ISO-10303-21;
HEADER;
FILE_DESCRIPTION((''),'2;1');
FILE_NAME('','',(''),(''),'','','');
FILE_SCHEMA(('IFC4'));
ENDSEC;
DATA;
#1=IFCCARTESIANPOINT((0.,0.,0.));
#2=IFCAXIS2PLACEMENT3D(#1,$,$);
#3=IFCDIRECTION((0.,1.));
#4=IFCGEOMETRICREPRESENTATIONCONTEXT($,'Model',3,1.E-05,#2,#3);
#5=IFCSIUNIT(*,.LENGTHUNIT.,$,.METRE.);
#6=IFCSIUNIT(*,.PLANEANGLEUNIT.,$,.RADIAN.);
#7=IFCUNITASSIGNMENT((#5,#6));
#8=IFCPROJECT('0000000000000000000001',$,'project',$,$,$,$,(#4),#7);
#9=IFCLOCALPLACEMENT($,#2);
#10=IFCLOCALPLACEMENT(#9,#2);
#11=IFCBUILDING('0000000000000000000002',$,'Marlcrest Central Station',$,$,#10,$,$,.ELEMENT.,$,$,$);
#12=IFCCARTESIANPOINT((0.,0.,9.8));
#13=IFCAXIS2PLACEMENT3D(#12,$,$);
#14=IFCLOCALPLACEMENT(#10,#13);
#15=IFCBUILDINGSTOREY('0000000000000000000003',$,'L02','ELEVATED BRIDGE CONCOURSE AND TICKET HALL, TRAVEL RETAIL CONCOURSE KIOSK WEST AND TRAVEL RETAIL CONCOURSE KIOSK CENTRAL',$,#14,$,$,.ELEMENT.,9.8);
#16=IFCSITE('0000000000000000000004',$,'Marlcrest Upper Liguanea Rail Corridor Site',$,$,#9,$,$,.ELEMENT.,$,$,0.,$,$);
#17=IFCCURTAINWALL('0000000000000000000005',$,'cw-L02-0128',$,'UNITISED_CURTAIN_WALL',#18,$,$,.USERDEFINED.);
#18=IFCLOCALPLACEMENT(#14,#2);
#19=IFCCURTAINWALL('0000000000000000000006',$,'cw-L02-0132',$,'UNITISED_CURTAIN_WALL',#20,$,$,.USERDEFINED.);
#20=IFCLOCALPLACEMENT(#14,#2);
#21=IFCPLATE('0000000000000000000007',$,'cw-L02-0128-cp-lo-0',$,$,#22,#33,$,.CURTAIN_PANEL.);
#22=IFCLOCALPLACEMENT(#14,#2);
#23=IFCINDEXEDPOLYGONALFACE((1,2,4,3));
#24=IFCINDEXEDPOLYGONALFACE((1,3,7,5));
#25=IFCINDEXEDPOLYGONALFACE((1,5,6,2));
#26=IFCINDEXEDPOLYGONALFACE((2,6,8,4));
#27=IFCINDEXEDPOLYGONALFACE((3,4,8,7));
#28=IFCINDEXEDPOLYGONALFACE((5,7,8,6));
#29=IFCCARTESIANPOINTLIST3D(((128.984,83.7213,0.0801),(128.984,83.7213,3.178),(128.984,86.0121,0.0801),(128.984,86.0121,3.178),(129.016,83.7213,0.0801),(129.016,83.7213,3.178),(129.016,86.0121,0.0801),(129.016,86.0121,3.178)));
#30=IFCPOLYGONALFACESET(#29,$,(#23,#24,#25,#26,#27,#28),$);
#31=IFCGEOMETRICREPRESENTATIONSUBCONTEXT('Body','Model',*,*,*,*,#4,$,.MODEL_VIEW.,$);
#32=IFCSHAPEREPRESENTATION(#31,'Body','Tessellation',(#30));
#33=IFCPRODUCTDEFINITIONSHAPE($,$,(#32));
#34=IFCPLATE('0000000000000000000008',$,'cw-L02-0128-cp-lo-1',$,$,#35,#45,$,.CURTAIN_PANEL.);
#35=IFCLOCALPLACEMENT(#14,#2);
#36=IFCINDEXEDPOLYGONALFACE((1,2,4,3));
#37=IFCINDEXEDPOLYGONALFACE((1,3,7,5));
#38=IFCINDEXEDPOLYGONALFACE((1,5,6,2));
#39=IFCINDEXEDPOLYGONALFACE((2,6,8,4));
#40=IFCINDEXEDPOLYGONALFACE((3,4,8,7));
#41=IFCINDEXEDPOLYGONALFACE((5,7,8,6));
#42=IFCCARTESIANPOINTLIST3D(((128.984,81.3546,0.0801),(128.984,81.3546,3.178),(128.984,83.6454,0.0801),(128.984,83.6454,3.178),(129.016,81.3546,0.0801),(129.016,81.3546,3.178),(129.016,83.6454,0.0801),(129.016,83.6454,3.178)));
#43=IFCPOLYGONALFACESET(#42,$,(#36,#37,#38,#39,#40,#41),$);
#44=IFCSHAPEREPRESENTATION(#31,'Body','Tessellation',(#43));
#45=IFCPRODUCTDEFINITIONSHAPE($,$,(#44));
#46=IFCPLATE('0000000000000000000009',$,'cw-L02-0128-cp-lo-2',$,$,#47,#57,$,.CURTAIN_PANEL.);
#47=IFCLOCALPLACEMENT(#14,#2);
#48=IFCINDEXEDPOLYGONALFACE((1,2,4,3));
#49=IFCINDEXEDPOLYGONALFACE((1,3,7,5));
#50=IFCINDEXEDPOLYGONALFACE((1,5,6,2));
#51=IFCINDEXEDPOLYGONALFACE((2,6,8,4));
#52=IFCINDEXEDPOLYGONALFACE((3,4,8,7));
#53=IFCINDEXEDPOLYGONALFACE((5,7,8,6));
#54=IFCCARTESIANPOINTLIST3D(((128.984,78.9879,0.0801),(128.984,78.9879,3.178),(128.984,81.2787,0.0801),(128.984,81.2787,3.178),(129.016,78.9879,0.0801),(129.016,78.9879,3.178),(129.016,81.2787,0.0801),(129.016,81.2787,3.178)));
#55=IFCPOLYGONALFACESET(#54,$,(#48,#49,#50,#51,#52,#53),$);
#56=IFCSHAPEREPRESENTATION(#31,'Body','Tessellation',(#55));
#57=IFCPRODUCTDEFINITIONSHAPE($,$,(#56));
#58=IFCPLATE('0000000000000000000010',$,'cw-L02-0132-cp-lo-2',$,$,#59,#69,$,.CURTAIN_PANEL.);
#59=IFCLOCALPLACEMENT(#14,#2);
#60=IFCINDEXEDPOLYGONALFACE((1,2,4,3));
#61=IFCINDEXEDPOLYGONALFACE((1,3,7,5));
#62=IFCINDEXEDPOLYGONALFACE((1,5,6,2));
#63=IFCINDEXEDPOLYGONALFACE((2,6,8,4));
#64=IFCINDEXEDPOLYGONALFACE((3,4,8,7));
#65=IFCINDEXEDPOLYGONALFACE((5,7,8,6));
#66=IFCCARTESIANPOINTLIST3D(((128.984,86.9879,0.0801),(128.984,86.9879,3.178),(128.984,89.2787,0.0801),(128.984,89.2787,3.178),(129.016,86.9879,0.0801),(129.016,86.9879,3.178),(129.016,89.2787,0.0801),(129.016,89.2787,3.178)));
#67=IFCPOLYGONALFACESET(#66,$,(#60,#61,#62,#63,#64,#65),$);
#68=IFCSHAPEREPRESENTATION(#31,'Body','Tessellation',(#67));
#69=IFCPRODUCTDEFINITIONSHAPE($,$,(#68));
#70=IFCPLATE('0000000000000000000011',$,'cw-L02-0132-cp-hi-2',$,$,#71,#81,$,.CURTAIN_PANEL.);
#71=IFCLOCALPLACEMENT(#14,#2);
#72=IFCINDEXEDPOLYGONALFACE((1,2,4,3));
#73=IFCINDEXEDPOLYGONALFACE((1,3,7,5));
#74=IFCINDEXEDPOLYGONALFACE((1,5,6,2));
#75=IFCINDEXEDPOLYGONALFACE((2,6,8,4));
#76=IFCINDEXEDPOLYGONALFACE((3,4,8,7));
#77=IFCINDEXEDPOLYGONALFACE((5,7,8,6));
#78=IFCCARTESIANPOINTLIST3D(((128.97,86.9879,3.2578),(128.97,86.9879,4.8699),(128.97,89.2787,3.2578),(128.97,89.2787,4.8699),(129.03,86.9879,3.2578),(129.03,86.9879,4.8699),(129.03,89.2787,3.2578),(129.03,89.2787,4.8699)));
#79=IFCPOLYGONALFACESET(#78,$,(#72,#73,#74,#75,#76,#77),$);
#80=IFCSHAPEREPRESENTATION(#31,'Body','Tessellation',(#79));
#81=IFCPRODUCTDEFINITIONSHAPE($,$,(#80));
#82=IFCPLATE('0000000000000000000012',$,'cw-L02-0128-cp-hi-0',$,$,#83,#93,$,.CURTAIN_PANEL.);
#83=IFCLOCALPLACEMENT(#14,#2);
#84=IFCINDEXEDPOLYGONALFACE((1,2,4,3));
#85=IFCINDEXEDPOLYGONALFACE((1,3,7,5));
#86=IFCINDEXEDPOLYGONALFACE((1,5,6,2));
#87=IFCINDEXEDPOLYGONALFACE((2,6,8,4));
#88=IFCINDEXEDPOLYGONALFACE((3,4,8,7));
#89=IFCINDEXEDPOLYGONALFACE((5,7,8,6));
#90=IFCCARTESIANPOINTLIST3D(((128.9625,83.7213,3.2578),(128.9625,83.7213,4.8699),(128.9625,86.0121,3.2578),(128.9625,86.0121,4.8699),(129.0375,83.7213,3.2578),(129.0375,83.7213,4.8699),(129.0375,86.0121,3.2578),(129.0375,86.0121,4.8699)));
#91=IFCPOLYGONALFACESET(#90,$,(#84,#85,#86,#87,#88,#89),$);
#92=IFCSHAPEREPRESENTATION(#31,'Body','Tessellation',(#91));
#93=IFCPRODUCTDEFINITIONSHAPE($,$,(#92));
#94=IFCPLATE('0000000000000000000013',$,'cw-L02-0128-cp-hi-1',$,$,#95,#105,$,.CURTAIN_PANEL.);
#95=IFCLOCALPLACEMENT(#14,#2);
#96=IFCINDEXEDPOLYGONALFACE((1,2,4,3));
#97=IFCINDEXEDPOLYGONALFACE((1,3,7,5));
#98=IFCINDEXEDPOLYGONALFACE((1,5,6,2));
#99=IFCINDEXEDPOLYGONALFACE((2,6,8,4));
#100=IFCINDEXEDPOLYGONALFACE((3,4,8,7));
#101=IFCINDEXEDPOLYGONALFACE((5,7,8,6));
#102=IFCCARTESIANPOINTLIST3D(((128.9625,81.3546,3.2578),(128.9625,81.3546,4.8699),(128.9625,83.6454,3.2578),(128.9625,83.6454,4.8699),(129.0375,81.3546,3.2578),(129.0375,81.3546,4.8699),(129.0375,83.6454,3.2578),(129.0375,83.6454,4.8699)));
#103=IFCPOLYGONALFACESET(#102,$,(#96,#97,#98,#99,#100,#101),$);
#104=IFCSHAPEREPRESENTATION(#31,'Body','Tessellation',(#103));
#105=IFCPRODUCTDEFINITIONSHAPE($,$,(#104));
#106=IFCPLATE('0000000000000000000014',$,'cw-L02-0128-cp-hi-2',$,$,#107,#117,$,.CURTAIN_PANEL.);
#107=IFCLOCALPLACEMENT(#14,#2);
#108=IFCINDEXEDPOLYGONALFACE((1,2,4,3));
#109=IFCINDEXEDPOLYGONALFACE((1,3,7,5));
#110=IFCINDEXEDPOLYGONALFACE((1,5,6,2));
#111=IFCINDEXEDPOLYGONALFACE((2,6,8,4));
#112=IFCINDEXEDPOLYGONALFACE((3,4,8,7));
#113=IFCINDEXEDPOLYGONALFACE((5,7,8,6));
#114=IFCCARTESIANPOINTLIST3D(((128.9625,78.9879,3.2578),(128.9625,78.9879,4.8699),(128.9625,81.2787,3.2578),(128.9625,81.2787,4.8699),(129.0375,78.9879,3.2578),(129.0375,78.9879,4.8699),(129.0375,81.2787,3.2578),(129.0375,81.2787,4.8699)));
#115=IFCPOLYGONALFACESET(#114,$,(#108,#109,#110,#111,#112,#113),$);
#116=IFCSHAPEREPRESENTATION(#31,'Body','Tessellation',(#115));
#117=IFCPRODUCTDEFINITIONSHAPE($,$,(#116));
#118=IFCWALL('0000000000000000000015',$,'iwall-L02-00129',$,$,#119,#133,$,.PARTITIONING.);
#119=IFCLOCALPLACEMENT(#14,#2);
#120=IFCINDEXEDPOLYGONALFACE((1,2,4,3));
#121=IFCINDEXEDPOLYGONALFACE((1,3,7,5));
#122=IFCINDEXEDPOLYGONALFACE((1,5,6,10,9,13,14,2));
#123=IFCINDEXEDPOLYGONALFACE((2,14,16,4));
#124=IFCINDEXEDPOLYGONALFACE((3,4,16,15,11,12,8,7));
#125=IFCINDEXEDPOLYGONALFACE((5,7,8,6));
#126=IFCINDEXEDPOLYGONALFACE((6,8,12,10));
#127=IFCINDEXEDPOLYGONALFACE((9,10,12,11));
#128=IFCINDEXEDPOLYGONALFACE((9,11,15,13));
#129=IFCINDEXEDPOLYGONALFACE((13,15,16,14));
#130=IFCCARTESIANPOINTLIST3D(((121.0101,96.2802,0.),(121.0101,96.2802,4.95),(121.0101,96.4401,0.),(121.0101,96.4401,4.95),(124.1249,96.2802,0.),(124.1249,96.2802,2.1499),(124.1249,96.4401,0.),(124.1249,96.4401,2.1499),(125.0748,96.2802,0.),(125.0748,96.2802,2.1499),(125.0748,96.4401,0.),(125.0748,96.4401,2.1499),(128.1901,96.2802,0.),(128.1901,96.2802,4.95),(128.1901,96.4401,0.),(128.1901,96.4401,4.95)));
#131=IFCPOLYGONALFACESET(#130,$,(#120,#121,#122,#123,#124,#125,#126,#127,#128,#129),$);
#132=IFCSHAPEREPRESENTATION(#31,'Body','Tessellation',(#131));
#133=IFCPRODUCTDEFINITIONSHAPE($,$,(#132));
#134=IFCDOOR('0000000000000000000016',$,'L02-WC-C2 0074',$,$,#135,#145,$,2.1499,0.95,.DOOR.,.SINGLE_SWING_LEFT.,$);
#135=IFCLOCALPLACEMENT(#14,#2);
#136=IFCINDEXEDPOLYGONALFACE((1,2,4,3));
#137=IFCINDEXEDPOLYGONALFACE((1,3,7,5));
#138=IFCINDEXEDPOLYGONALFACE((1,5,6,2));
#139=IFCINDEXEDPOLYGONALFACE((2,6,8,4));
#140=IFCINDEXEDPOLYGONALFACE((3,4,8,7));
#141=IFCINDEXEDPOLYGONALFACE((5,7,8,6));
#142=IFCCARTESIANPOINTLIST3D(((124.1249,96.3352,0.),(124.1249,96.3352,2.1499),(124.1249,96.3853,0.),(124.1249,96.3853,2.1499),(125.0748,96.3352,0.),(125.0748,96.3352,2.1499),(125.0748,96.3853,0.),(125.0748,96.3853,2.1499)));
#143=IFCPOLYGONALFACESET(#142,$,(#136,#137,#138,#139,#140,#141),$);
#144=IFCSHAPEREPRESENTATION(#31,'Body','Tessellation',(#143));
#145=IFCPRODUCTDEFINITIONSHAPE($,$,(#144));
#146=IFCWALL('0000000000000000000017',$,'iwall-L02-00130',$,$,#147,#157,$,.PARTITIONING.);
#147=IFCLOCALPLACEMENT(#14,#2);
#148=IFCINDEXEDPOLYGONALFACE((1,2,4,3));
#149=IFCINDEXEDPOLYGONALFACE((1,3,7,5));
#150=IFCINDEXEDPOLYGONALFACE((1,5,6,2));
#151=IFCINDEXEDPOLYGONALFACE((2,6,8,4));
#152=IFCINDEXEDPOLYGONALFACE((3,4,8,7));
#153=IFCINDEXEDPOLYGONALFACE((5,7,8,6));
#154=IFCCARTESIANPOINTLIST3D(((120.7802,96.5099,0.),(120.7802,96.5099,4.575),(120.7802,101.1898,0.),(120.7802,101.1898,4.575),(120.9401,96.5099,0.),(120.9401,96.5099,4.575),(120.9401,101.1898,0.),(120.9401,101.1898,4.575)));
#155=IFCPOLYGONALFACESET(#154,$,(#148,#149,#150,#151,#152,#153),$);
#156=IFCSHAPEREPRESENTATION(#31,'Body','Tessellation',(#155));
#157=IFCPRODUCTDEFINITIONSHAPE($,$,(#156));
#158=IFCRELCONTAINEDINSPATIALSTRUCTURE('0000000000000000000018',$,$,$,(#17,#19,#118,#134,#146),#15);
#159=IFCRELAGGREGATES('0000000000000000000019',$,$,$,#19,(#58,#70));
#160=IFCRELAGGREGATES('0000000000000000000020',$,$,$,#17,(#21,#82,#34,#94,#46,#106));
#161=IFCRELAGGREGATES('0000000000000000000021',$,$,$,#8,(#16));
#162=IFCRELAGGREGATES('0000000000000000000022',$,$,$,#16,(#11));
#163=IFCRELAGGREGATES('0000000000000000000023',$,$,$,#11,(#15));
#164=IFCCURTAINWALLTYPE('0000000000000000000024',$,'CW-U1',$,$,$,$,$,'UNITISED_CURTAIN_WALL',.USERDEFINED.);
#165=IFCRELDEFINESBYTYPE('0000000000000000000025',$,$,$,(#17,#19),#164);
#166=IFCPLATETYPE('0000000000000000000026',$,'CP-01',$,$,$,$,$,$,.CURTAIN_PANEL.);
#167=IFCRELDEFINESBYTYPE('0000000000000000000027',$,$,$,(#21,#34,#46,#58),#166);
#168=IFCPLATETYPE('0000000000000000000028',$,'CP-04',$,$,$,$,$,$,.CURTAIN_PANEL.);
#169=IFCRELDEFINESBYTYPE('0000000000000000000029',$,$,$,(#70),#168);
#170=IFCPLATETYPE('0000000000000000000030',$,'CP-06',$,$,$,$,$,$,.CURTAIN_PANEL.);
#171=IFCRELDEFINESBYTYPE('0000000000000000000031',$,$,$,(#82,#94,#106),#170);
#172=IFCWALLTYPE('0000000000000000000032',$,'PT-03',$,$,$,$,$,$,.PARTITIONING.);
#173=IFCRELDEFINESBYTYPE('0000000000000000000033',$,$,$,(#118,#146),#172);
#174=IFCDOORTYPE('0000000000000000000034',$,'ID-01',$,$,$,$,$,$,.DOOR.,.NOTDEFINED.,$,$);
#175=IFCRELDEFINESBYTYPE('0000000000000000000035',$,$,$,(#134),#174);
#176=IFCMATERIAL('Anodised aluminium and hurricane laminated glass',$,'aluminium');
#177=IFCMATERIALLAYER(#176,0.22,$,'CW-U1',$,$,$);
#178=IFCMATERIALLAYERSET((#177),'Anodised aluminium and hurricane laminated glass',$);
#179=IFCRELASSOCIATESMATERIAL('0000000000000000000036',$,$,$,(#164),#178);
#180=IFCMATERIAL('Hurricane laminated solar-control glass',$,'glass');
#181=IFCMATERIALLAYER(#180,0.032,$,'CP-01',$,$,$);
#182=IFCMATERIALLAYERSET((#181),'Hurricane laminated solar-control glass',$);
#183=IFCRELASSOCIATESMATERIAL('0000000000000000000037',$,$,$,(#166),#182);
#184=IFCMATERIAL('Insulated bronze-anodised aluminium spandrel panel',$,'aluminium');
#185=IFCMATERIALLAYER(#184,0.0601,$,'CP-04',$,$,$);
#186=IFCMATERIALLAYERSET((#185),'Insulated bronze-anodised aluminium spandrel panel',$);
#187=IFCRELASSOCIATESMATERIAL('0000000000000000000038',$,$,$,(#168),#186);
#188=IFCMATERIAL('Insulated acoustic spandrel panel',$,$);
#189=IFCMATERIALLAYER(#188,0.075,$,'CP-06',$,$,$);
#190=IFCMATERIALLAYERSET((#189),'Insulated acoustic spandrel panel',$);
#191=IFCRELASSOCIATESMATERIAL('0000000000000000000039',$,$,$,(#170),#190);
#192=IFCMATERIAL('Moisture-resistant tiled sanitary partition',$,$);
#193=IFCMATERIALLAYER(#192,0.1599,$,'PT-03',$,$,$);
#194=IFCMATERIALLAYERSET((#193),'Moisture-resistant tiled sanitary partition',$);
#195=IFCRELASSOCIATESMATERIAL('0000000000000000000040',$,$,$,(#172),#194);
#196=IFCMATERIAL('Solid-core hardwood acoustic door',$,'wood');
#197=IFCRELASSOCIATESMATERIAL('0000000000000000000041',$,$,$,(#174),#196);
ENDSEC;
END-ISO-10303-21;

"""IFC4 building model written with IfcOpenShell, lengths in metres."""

from ifc_helpers import new_model, si_unit, direction, frame, frame_2d, origin, origin_2d, place, context, subcontext, project, spatial, rectangle, extrude, material, layer, layer_set, type_object, element, fill, aggregate, save


model = new_model("IFC4")

# Units and contexts
model_context = context("Model", 3, precision=1e-05, world=origin(), true_north=direction((0.0, 1.0)))
body_context = subcontext(model_context, "Body", "Model", "MODEL_VIEW")
ifc_project = project(units=[si_unit("LENGTHUNIT", "METRE"), si_unit("PLANEANGLEUNIT", "RADIAN")], contexts=[model_context])

# Site, building, storey
site_placement = place(None, origin())
site = spatial("IfcSite", under=ifc_project, at=site_placement, Name="Marlcrest Upper Liguanea Rail Corridor Site", CompositionType="ELEMENT", RefElevation=0.0)
building_placement = place(site_placement, origin())
building = spatial("IfcBuilding", under=site, at=building_placement, Name="Marlcrest Central Station", CompositionType="ELEMENT")
storey_placement = place(building_placement, frame((0.0, 0.0, 9.8)))
storey = spatial("IfcBuildingStorey", under=building, at=storey_placement, Name="L02", Description="ELEVATED BRIDGE CONCOURSE AND TICKET HALL, TRAVEL RETAIL CONCOURSE KIOSK WEST AND TRAVEL RETAIL CONCOURSE KIOSK CENTRAL", CompositionType="ELEMENT", Elevation=9.8)

# Curtain wall
ifc_material_1 = material(Name="Anodised aluminium and hurricane laminated glass", Category="aluminium")
ifc_layer_1 = layer(ifc_material_1, 0.22, Name="CW-U1")
ifc_layer_set_1 = layer_set([ifc_layer_1], Name="Anodised aluminium and hurricane laminated glass")
curtain_wall_type = type_object("IfcCurtainWallType", Name="CW-U1", ElementType="UNITISED_CURTAIN_WALL", PredefinedType="USERDEFINED", material=ifc_layer_set_1)
curtain_wall_1_placement = place(storey_placement, origin())
curtain_wall_1 = element("IfcCurtainWall", 1, at=curtain_wall_1_placement, inside=storey, type_object=curtain_wall_type, Name="cw-L02-0128", ObjectType="UNITISED_CURTAIN_WALL", PredefinedType="USERDEFINED")

# Curtain wall
curtain_wall_2_placement = place(storey_placement, origin())
curtain_wall_2 = element("IfcCurtainWall", 2, at=curtain_wall_2_placement, inside=storey, type_object=curtain_wall_type, Name="cw-L02-0132", ObjectType="UNITISED_CURTAIN_WALL", PredefinedType="USERDEFINED")

# Plates
ifc_material_2 = material(Name="Hurricane laminated solar-control glass", Category="glass")
ifc_layer_2 = layer(ifc_material_2, 0.032, Name="CP-01")
ifc_layer_set_2 = layer_set([ifc_layer_2], Name="Hurricane laminated solar-control glass")
plate_type_1 = type_object("IfcPlateType", Name="CP-01", PredefinedType="CURTAIN_PANEL", material=ifc_layer_set_2)
plate_1_placement = place(storey_placement, frame((129.0, 84.8667, 0.0801), z_axis=(0.0, 0.0, 1.0), x_axis=(0.0, -1.0, 0.0)))
plate_1 = element("IfcPlate", 3, at=plate_1_placement, type_object=plate_type_1, Name="cw-L02-0128-cp-lo-0", PredefinedType="CURTAIN_PANEL", context=body_context, shape_type="SweptSolid", body=[
    extrude(rectangle(XDim=2.2908, YDim=0.032, at=origin_2d()), origin(), (0.0, 0.0, 1.0), 3.0979),
])
plate_2_placement = place(storey_placement, frame((129.0, 82.5, 0.0801), z_axis=(0.0, 0.0, 1.0), x_axis=(0.0, -1.0, 0.0)))
plate_2 = element("IfcPlate", 4, at=plate_2_placement, type_object=plate_type_1, Name="cw-L02-0128-cp-lo-1", PredefinedType="CURTAIN_PANEL", context=body_context, shape_type="SweptSolid", body=[
    extrude(rectangle(XDim=2.2908, YDim=0.032, at=origin_2d()), origin(), (0.0, 0.0, 1.0), 3.0979),
])
plate_3_placement = place(storey_placement, frame((129.0, 80.1333, 0.0801), z_axis=(0.0, 0.0, 1.0), x_axis=(0.0, -1.0, 0.0)))
plate_3 = element("IfcPlate", 5, at=plate_3_placement, type_object=plate_type_1, Name="cw-L02-0128-cp-lo-2", PredefinedType="CURTAIN_PANEL", context=body_context, shape_type="SweptSolid", body=[
    extrude(rectangle(XDim=2.2908, YDim=0.032, at=origin_2d()), origin(), (0.0, 0.0, 1.0), 3.0979),
])
plate_4_placement = place(storey_placement, frame((129.0, 88.1333, 0.0801), z_axis=(0.0, 0.0, 1.0), x_axis=(0.0, -1.0, 0.0)))
plate_4 = element("IfcPlate", 6, at=plate_4_placement, type_object=plate_type_1, Name="cw-L02-0132-cp-lo-2", PredefinedType="CURTAIN_PANEL", context=body_context, shape_type="SweptSolid", body=[
    extrude(rectangle(XDim=2.2908, YDim=0.032, at=origin_2d()), origin(), (0.0, 0.0, 1.0), 3.0979),
])
ifc_material_3 = material(Name="Insulated bronze-anodised aluminium spandrel panel", Category="aluminium")
ifc_layer_3 = layer(ifc_material_3, 0.0601, Name="CP-04")
ifc_layer_set_3 = layer_set([ifc_layer_3], Name="Insulated bronze-anodised aluminium spandrel panel")
plate_type_2 = type_object("IfcPlateType", Name="CP-04", PredefinedType="CURTAIN_PANEL", material=ifc_layer_set_3)
plate_5_placement = place(storey_placement, frame((129.0, 88.1333, 3.2578), z_axis=(0.0, 0.0, 1.0), x_axis=(0.0, -1.0, 0.0)))
plate_5 = element("IfcPlate", 7, at=plate_5_placement, type_object=plate_type_2, Name="cw-L02-0132-cp-hi-2", PredefinedType="CURTAIN_PANEL", context=body_context, shape_type="SweptSolid", body=[
    extrude(rectangle(XDim=2.2908, YDim=0.0601, at=origin_2d()), origin(), (0.0, 0.0, 1.0), 1.6121),
])
aggregate(curtain_wall_2, [plate_4, plate_5])
ifc_material_4 = material(Name="Insulated acoustic spandrel panel")
ifc_layer_4 = layer(ifc_material_4, 0.075, Name="CP-06")
ifc_layer_set_4 = layer_set([ifc_layer_4], Name="Insulated acoustic spandrel panel")
plate_type_3 = type_object("IfcPlateType", Name="CP-06", PredefinedType="CURTAIN_PANEL", material=ifc_layer_set_4)
plate_6_placement = place(storey_placement, frame((129.0, 84.8667, 3.2578), z_axis=(0.0, 0.0, 1.0), x_axis=(0.0, -1.0, 0.0)))
plate_6 = element("IfcPlate", 8, at=plate_6_placement, type_object=plate_type_3, Name="cw-L02-0128-cp-hi-0", PredefinedType="CURTAIN_PANEL", context=body_context, shape_type="SweptSolid", body=[
    extrude(rectangle(XDim=2.2908, YDim=0.075, at=origin_2d()), origin(), (0.0, 0.0, 1.0), 1.6121),
])
plate_7_placement = place(storey_placement, frame((129.0, 82.5, 3.2578), z_axis=(0.0, 0.0, 1.0), x_axis=(0.0, -1.0, 0.0)))
plate_7 = element("IfcPlate", 9, at=plate_7_placement, type_object=plate_type_3, Name="cw-L02-0128-cp-hi-1", PredefinedType="CURTAIN_PANEL", context=body_context, shape_type="SweptSolid", body=[
    extrude(rectangle(XDim=2.2908, YDim=0.075, at=origin_2d()), origin(), (0.0, 0.0, 1.0), 1.6121),
])
plate_8_placement = place(storey_placement, frame((129.0, 80.1333, 3.2578), z_axis=(0.0, 0.0, 1.0), x_axis=(0.0, -1.0, 0.0)))
plate_8 = element("IfcPlate", 10, at=plate_8_placement, type_object=plate_type_3, Name="cw-L02-0128-cp-hi-2", PredefinedType="CURTAIN_PANEL", context=body_context, shape_type="SweptSolid", body=[
    extrude(rectangle(XDim=2.2908, YDim=0.075, at=origin_2d()), origin(), (0.0, 0.0, 1.0), 1.6121),
])
aggregate(curtain_wall_1, [plate_1, plate_6, plate_2, plate_7, plate_3, plate_8])

# Wall, opening, door
ifc_material_5 = material(Name="Moisture-resistant tiled sanitary partition")
ifc_layer_5 = layer(ifc_material_5, 0.1599, Name="PT-03")
ifc_layer_set_5 = layer_set([ifc_layer_5], Name="Moisture-resistant tiled sanitary partition")
wall_type = type_object("IfcWallType", Name="PT-03", PredefinedType="PARTITIONING", material=ifc_layer_set_5)
wall_1_placement = place(storey_placement, frame((128.1899, 96.3601, 0.0), z_axis=(0.0, 0.0, 1.0), x_axis=(-1.0, 0.0, 0.0)))
wall_1 = element("IfcWall", 11, at=wall_1_placement, inside=storey, type_object=wall_type, Name="iwall-L02-00129", PredefinedType="PARTITIONING", context=body_context, shape_type="SweptSolid", body=[
    extrude(rectangle(XDim=7.1799, YDim=0.1599, at=frame_2d((3.5898, 0.0))), origin(), (0.0, 0.0, 1.0), 4.95),
])
opening_placement = place(wall_1_placement, frame((3.115, 0.0, 0.0)))
opening = element("IfcOpeningElement", 12, at=opening_placement, cuts=wall_1, PredefinedType="OPENING", context=body_context, shape_type="SweptSolid", body=[
    extrude(rectangle(XDim=0.95, YDim=2.1499, at=frame_2d((0.4751, 1.075))), frame((0.0, 0.0898, 0.0), z_axis=(0.0, -1.0, 0.0), x_axis=(1.0, 0.0, 0.0)), (0.0, 0.0, 1.0), 0.1799),
])
ifc_material_6 = material(Name="Solid-core hardwood acoustic door", Category="wood")
door_type = type_object("IfcDoorType", Name="ID-01", OperationType="NOTDEFINED", PredefinedType="DOOR", material=ifc_material_6)
door_placement = place(opening_placement, origin())
door = element("IfcDoor", 13, at=door_placement, inside=storey, type_object=door_type, Name="L02-WC-C2 0074", OperationType="SINGLE_SWING_LEFT", OverallHeight=2.1499, OverallWidth=0.95, PredefinedType="DOOR", context=body_context, shape_type="SweptSolid", body=[
    extrude(rectangle(XDim=0.95, YDim=2.1499, at=frame_2d((0.4751, 1.075))), frame((0.0, 0.0249, 0.0), z_axis=(0.0, -1.0, 0.0), x_axis=(1.0, 0.0, 0.0)), (0.0, 0.0, 1.0), 0.05),
])
fill(opening, door)

# Wall
wall_2_placement = place(storey_placement, frame((120.8601, 96.51, 0.0), z_axis=(0.0, 0.0, 1.0), x_axis=(0.0, 1.0, 0.0)))
element("IfcWall", 14, at=wall_2_placement, inside=storey, type_object=wall_type, Name="iwall-L02-00130", PredefinedType="PARTITIONING", context=body_context, shape_type="SweptSolid", body=[
    extrude(rectangle(XDim=4.6799, YDim=0.1599, at=frame_2d((2.3398, 0.0))), origin(), (0.0, 0.0, 1.0), 4.575),
])

save(model, "model.ifc")
